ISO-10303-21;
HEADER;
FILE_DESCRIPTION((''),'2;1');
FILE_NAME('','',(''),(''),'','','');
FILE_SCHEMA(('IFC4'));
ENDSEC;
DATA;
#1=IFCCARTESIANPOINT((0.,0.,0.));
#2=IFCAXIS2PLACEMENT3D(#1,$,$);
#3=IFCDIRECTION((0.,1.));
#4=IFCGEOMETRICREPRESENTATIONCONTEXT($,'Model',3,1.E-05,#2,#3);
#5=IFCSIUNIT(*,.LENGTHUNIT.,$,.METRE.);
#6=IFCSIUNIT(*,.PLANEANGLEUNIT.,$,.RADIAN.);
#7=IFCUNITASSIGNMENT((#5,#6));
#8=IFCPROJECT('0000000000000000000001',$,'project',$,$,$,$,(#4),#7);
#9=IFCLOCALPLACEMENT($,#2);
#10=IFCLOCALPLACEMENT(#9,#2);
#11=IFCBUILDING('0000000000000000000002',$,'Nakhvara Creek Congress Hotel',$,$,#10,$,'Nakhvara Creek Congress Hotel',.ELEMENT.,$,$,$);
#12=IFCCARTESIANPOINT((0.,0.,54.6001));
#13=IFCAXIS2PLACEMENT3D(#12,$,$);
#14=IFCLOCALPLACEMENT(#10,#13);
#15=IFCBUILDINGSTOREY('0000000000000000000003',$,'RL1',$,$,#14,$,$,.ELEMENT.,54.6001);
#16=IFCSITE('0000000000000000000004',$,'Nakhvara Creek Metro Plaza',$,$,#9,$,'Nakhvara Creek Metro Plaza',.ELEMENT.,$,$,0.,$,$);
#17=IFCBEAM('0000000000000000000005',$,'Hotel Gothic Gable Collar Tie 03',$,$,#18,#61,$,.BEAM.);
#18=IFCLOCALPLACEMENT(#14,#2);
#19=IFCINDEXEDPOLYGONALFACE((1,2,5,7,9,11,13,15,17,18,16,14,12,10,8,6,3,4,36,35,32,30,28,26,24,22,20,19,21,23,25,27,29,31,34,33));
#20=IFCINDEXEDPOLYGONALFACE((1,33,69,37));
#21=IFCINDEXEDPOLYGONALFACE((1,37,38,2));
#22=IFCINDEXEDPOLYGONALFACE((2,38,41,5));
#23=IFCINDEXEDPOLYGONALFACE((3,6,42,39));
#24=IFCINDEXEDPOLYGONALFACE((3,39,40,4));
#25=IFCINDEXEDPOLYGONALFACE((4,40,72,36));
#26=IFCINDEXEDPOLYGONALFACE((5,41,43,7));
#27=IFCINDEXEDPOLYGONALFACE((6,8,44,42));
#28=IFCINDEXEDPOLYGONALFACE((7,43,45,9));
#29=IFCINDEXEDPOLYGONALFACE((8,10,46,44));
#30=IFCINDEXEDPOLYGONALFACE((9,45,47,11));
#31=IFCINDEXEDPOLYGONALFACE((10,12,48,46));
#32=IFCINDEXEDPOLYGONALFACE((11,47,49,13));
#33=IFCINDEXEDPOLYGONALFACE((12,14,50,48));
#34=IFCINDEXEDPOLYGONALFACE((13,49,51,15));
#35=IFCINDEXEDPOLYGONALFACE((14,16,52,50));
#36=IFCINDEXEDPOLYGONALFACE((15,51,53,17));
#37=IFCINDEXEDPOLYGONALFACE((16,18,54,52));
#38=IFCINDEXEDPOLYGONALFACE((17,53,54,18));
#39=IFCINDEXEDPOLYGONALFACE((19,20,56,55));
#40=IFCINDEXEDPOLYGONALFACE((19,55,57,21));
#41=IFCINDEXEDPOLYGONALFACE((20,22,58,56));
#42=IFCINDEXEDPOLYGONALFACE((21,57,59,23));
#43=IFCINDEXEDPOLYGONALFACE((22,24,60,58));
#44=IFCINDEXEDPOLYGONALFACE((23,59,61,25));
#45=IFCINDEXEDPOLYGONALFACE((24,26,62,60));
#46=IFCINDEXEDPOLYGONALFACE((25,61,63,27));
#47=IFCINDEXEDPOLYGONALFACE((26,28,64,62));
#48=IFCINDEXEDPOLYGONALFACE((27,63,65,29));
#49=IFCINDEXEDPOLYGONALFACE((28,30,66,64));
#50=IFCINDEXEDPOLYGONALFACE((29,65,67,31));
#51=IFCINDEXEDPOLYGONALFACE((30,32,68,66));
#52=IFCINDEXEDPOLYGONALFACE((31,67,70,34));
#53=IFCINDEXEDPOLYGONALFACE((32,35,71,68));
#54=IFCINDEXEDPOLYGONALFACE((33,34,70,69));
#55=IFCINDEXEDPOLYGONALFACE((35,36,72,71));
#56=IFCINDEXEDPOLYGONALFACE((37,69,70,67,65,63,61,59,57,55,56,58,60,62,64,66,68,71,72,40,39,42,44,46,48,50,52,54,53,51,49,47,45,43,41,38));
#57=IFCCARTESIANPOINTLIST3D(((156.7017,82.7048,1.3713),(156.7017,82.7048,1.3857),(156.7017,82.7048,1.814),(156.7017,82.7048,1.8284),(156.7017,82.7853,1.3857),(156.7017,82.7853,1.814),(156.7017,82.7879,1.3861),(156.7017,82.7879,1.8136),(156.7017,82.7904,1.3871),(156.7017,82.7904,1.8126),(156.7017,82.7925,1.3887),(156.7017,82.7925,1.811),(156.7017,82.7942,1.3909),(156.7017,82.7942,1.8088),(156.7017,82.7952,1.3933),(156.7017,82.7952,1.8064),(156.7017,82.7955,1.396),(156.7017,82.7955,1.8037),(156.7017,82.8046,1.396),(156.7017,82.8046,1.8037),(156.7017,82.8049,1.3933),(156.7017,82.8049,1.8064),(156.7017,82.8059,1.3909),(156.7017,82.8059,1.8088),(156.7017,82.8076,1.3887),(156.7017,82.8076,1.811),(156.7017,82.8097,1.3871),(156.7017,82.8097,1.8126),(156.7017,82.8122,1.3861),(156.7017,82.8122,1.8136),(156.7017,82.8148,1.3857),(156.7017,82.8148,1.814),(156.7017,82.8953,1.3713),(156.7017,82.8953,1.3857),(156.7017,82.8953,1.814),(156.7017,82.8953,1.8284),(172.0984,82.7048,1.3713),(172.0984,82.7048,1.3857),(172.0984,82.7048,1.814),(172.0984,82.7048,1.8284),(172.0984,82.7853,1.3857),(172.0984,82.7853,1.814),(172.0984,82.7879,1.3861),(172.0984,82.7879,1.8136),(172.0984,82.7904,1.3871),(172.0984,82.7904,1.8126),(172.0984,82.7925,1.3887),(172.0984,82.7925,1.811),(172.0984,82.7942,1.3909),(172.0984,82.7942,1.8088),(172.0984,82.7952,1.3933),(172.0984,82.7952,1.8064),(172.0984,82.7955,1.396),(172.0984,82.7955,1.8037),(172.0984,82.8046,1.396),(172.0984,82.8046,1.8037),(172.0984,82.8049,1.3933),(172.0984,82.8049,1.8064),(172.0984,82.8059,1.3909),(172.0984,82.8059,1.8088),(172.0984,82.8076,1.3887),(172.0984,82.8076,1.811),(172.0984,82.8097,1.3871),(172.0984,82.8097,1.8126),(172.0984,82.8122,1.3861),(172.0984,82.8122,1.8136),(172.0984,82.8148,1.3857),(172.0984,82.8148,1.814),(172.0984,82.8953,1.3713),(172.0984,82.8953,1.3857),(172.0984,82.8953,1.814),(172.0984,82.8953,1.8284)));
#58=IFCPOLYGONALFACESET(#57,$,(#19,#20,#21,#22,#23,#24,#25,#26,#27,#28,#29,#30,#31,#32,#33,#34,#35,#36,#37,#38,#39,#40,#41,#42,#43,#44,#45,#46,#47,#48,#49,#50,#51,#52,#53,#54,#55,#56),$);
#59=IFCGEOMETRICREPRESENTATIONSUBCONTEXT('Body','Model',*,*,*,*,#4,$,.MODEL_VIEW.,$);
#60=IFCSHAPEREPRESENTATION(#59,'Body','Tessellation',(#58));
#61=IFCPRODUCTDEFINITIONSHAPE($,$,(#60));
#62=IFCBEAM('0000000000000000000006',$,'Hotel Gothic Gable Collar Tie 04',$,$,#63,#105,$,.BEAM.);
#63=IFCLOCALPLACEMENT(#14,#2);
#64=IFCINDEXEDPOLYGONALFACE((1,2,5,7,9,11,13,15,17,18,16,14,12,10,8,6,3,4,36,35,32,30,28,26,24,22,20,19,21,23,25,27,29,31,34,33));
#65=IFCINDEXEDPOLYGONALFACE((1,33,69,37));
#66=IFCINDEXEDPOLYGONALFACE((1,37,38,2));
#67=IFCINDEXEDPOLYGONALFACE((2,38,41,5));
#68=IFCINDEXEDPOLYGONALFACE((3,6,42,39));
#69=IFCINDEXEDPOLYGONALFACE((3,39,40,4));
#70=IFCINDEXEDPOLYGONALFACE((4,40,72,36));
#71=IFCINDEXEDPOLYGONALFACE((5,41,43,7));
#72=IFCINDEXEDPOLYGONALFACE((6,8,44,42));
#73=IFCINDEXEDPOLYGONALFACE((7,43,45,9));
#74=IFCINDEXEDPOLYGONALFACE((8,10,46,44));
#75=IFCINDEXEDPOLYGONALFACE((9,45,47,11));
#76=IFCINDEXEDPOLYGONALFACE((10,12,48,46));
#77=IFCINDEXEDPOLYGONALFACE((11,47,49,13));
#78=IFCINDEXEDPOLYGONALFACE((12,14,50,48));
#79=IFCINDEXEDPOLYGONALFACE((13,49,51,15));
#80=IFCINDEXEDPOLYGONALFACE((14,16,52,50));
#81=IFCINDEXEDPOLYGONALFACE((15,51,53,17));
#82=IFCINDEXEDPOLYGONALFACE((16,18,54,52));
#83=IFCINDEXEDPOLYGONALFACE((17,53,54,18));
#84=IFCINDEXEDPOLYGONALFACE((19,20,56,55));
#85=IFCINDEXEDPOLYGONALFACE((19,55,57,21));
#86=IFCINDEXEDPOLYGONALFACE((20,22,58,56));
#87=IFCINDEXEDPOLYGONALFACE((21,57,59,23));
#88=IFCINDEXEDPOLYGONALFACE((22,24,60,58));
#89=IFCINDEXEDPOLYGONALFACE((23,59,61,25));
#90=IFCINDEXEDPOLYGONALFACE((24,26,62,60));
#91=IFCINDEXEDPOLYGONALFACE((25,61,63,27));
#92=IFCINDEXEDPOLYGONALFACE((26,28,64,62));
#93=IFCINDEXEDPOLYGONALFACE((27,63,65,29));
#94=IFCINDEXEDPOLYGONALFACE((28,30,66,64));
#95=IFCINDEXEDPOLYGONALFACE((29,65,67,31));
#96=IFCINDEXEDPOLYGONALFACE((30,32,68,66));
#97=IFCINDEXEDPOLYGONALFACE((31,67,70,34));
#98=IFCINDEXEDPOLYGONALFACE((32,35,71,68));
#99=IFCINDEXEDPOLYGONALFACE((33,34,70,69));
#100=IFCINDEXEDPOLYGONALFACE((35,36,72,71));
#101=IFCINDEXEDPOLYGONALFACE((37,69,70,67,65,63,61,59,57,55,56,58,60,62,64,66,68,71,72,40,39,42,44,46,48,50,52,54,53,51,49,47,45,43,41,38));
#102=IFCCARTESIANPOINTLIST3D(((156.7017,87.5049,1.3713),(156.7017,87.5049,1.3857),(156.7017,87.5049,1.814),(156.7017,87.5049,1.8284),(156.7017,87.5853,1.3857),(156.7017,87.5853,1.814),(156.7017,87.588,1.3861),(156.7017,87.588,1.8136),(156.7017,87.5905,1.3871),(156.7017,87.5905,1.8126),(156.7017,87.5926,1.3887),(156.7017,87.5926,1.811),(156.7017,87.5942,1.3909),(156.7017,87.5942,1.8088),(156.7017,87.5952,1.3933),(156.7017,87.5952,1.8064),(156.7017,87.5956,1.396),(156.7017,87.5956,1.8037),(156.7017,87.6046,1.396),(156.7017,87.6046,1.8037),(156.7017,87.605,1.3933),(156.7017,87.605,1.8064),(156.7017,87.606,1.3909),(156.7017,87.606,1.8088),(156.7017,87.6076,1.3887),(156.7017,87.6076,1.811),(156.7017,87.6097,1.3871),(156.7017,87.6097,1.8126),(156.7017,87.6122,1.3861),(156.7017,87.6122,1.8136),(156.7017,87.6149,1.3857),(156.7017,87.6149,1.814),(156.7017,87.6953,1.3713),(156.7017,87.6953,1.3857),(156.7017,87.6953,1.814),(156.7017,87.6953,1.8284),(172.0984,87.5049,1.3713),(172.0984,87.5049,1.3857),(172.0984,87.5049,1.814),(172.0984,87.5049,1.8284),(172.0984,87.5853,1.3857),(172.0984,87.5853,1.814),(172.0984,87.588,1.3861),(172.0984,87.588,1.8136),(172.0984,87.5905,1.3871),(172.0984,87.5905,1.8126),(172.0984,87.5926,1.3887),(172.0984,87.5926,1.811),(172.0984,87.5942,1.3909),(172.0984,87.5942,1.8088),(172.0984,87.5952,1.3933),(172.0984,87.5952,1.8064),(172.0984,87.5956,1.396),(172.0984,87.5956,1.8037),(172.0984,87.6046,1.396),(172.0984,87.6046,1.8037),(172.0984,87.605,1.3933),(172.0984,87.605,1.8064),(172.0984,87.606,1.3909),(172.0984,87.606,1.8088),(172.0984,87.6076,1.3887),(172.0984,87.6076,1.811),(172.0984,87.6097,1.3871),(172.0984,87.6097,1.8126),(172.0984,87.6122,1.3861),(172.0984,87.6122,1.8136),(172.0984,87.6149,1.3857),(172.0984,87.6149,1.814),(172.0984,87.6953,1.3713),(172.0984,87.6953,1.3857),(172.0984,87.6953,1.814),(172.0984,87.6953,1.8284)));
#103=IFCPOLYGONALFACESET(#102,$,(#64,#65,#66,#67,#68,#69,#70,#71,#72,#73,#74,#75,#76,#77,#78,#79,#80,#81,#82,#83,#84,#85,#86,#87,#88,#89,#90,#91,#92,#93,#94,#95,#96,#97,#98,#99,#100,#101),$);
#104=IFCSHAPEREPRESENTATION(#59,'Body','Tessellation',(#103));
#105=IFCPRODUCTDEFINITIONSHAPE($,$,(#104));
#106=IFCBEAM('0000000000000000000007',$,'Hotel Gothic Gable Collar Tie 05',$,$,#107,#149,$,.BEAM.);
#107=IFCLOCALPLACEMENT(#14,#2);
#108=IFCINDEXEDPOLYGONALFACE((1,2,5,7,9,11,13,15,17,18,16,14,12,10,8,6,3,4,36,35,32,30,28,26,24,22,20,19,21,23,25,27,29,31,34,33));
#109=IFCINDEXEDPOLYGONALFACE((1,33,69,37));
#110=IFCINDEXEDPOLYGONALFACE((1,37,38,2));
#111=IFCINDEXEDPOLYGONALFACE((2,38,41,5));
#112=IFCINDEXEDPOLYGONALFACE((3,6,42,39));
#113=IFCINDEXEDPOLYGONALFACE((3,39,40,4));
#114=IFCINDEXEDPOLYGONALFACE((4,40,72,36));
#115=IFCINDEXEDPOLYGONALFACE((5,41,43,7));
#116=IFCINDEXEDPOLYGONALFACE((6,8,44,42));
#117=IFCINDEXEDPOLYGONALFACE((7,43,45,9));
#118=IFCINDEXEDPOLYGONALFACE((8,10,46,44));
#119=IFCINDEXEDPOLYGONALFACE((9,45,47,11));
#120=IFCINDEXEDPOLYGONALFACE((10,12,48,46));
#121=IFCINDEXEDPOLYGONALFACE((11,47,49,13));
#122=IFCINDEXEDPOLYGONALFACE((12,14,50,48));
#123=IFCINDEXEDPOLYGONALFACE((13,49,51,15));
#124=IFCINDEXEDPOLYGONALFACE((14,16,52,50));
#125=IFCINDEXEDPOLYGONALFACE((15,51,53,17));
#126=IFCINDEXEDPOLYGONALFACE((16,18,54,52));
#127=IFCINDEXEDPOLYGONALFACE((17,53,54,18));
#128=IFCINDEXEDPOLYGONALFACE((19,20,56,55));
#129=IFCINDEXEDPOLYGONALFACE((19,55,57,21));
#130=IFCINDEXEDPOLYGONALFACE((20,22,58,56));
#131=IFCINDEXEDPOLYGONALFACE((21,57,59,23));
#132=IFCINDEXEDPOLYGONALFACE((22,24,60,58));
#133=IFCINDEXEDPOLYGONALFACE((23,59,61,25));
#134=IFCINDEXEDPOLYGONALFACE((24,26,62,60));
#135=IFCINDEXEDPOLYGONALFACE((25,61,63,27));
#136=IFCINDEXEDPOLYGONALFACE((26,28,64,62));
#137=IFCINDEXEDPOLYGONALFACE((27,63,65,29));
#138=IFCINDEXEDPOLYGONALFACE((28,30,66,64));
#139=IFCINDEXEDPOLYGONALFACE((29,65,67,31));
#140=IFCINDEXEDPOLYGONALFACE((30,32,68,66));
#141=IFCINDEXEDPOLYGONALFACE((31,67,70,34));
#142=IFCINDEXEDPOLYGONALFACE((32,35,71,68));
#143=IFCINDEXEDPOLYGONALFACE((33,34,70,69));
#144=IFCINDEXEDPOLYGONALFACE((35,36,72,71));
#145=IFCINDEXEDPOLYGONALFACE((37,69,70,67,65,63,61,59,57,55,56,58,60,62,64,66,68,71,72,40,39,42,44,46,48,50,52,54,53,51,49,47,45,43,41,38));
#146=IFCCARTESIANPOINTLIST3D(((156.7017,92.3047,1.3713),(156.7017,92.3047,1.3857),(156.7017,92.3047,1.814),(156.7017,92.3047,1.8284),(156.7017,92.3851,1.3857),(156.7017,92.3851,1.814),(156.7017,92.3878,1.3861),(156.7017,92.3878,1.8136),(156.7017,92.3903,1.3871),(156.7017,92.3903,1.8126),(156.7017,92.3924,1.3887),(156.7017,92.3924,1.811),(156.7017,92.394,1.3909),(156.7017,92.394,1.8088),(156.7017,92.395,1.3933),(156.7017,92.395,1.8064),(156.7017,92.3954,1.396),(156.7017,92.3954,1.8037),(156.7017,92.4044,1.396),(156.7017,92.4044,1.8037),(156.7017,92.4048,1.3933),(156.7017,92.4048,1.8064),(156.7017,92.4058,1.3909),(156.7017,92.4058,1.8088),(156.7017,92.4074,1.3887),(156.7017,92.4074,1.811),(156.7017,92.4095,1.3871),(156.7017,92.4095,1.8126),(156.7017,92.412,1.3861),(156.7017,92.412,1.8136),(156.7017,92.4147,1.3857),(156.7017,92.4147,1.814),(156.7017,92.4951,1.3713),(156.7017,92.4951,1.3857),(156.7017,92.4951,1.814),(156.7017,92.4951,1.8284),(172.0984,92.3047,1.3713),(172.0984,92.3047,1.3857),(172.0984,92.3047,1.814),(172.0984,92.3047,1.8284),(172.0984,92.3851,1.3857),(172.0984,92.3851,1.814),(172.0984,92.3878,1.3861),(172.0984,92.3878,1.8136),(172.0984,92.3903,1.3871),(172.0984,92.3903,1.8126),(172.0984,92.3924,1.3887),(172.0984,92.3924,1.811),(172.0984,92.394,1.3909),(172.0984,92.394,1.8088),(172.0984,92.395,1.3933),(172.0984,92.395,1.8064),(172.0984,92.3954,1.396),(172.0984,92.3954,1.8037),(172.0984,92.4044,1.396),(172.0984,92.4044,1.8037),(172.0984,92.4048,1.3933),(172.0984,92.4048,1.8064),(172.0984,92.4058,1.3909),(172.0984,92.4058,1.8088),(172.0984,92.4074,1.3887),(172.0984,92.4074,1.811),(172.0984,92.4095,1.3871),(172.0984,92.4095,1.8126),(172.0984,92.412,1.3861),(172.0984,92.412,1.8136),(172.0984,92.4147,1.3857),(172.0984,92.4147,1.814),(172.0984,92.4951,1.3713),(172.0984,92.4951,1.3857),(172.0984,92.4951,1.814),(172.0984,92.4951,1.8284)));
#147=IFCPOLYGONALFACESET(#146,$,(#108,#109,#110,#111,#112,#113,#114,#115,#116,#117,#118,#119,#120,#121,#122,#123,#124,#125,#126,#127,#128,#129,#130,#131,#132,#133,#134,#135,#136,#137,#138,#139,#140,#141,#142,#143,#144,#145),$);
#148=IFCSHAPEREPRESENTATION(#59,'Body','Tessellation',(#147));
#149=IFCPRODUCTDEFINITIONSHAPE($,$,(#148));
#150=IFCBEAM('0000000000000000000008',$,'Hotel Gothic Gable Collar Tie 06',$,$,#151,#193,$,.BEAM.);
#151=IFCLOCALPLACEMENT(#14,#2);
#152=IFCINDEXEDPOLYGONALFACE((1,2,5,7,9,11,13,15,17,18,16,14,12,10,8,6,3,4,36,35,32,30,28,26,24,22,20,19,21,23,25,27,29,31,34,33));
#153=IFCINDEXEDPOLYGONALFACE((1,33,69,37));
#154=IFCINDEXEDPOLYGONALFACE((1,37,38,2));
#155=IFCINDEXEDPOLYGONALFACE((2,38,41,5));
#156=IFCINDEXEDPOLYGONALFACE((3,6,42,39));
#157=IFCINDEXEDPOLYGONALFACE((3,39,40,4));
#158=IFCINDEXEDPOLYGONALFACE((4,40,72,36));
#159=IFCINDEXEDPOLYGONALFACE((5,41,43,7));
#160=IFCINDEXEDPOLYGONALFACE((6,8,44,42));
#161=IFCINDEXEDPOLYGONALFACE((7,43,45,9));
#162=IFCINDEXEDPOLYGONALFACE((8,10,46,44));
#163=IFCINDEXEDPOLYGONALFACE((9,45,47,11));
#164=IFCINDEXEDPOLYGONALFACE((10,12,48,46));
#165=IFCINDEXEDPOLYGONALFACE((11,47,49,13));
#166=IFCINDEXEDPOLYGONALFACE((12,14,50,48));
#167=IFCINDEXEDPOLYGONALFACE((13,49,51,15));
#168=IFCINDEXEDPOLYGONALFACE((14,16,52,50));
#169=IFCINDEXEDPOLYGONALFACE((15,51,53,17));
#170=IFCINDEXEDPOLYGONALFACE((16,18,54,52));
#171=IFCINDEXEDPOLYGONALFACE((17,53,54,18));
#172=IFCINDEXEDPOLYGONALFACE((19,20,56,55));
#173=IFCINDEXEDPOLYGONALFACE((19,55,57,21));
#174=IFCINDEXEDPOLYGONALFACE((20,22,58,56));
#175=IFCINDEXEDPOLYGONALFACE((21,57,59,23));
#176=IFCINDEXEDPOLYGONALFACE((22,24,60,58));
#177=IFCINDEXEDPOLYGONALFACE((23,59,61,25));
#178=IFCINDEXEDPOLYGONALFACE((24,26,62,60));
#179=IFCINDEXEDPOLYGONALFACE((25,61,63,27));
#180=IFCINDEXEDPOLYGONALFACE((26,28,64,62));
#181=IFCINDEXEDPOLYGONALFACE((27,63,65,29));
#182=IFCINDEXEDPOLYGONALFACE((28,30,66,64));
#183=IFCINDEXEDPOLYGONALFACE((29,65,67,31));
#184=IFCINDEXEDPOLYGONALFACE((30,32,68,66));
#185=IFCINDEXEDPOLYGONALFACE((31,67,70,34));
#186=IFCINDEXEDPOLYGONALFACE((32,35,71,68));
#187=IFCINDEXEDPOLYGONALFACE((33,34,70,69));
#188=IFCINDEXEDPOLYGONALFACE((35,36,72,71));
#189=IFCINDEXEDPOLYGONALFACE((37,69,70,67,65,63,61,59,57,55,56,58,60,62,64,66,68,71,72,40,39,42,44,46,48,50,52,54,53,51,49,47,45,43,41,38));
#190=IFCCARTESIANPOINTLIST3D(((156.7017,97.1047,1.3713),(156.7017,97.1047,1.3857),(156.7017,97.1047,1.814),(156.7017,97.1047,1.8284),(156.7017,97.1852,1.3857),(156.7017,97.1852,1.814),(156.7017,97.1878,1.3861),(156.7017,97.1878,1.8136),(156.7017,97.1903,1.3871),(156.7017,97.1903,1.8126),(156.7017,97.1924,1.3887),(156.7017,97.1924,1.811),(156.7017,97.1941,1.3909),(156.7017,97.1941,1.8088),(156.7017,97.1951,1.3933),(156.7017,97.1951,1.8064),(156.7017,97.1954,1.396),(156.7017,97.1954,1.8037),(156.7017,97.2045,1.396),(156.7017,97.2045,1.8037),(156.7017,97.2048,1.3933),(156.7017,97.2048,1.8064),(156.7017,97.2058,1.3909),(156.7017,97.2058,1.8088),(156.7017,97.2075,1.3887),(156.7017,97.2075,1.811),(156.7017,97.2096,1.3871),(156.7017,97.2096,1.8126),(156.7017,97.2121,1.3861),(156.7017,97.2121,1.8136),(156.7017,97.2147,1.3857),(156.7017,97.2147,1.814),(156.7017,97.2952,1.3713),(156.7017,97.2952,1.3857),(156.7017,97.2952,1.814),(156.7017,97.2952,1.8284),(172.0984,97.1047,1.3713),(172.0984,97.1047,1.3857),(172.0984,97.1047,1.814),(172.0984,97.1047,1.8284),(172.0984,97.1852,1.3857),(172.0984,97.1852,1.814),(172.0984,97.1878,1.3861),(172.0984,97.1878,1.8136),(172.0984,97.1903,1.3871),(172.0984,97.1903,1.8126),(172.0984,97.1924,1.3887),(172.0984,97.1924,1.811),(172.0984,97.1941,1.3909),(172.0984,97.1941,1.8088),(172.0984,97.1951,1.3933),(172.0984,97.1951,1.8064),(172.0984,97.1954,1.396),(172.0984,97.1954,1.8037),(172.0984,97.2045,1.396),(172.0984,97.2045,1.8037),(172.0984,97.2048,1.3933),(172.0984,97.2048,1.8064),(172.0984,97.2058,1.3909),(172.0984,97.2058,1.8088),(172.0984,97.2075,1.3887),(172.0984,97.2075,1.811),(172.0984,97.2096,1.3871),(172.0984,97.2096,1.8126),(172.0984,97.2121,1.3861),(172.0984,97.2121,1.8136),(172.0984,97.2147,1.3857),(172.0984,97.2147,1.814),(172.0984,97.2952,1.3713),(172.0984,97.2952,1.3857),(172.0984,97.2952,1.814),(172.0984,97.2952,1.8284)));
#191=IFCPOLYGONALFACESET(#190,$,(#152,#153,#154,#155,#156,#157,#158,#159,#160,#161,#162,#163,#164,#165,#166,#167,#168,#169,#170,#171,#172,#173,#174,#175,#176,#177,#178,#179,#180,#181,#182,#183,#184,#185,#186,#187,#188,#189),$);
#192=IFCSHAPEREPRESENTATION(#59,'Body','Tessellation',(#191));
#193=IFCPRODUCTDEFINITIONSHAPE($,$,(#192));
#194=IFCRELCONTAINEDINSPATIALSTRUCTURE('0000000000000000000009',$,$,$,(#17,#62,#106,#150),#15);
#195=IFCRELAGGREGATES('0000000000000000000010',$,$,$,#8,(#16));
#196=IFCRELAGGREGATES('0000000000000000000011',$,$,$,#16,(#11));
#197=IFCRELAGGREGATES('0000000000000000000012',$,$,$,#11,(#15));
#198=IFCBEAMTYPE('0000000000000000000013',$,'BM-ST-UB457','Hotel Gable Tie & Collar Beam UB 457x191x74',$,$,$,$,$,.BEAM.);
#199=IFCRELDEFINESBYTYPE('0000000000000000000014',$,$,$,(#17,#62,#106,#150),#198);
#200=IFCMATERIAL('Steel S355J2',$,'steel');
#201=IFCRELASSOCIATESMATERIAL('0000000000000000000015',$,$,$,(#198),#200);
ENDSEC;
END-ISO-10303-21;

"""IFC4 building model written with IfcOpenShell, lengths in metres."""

from ifc_helpers import new_model, si_unit, direction, frame, origin, origin_2d, place, context, subcontext, project, spatial, i_section, extrude, material, material_profile, profile_set, type_object, element, save


model = new_model("IFC4")

# Units and contexts
model_context = context("Model", 3, precision=1e-05, world=origin(), true_north=direction((0.0, 1.0)))
body_context = subcontext(model_context, "Body", "Model", "MODEL_VIEW")
ifc_project = project(units=[si_unit("LENGTHUNIT", "METRE"), si_unit("PLANEANGLEUNIT", "RADIAN")], contexts=[model_context])

# Site, building, storey
site_placement = place(None, origin())
site = spatial("IfcSite", under=ifc_project, at=site_placement, Name="Nakhvara Creek Metro Plaza", LongName="Nakhvara Creek Metro Plaza", CompositionType="ELEMENT", RefElevation=0.0)
building_placement = place(site_placement, origin())
building = spatial("IfcBuilding", under=site, at=building_placement, Name="Nakhvara Creek Congress Hotel", LongName="Nakhvara Creek Congress Hotel", CompositionType="ELEMENT")
storey_placement = place(building_placement, frame((0.0, 0.0, 54.6001)))
storey = spatial("IfcBuildingStorey", under=building, at=storey_placement, Name="RL1", CompositionType="ELEMENT", Elevation=54.6001)

# Beams
ifc_material_1 = material(Name="Steel S355J2", Category="steel")
ifc_material_profile_1 = material_profile(ifc_material_1, i_section(OverallWidth=0.1904, OverallDepth=0.457, WebThickness=0.009, FlangeThickness=0.0144, FilletRadius=0.0103, at=origin_2d()), Name="UB 457x191x74", Category="LoadBearing")
ifc_profile_set_1 = profile_set([ifc_material_profile_1], Name="Steel S355J2")
beam_type = type_object("IfcBeamType", Name="BM-ST-UB457", Description="Hotel Gable Tie & Collar Beam UB 457x191x74", PredefinedType="BEAM", material=ifc_profile_set_1)
for number, where, z_axis, x_axis, name in (
    (1, (156.7017, 82.8, 1.5999), (1.0, 0.0, 0.0), (0.0, 1.0, 0.0), "Hotel Gothic Gable Collar Tie 03"),
    (2, (156.7017, 87.6001, 1.5999), (1.0, 0.0, 0.0), (0.0, 1.0, 0.0), "Hotel Gothic Gable Collar Tie 04"),
    (3, (156.7017, 92.3999, 1.5999), (1.0, 0.0, 0.0), (0.0, 1.0, 0.0), "Hotel Gothic Gable Collar Tie 05"),
    (4, (156.7017, 97.2, 1.5999), (1.0, 0.0, 0.0), (0.0, 1.0, 0.0), "Hotel Gothic Gable Collar Tie 06"),
):
    element("IfcBeam", number, at=place(storey_placement, frame(where, z_axis=z_axis, x_axis=x_axis)), inside=storey, type_object=beam_type, Name=name, PredefinedType="BEAM", context=body_context, shape_type="SweptSolid", body=[
        extrude(i_section(OverallWidth=0.1904, OverallDepth=0.457, WebThickness=0.009, FlangeThickness=0.0144, FilletRadius=0.0103, at=origin_2d()), origin(), (0.0, 0.0, 1.0), 15.3967),
    ])

save(model, "model.ifc")
